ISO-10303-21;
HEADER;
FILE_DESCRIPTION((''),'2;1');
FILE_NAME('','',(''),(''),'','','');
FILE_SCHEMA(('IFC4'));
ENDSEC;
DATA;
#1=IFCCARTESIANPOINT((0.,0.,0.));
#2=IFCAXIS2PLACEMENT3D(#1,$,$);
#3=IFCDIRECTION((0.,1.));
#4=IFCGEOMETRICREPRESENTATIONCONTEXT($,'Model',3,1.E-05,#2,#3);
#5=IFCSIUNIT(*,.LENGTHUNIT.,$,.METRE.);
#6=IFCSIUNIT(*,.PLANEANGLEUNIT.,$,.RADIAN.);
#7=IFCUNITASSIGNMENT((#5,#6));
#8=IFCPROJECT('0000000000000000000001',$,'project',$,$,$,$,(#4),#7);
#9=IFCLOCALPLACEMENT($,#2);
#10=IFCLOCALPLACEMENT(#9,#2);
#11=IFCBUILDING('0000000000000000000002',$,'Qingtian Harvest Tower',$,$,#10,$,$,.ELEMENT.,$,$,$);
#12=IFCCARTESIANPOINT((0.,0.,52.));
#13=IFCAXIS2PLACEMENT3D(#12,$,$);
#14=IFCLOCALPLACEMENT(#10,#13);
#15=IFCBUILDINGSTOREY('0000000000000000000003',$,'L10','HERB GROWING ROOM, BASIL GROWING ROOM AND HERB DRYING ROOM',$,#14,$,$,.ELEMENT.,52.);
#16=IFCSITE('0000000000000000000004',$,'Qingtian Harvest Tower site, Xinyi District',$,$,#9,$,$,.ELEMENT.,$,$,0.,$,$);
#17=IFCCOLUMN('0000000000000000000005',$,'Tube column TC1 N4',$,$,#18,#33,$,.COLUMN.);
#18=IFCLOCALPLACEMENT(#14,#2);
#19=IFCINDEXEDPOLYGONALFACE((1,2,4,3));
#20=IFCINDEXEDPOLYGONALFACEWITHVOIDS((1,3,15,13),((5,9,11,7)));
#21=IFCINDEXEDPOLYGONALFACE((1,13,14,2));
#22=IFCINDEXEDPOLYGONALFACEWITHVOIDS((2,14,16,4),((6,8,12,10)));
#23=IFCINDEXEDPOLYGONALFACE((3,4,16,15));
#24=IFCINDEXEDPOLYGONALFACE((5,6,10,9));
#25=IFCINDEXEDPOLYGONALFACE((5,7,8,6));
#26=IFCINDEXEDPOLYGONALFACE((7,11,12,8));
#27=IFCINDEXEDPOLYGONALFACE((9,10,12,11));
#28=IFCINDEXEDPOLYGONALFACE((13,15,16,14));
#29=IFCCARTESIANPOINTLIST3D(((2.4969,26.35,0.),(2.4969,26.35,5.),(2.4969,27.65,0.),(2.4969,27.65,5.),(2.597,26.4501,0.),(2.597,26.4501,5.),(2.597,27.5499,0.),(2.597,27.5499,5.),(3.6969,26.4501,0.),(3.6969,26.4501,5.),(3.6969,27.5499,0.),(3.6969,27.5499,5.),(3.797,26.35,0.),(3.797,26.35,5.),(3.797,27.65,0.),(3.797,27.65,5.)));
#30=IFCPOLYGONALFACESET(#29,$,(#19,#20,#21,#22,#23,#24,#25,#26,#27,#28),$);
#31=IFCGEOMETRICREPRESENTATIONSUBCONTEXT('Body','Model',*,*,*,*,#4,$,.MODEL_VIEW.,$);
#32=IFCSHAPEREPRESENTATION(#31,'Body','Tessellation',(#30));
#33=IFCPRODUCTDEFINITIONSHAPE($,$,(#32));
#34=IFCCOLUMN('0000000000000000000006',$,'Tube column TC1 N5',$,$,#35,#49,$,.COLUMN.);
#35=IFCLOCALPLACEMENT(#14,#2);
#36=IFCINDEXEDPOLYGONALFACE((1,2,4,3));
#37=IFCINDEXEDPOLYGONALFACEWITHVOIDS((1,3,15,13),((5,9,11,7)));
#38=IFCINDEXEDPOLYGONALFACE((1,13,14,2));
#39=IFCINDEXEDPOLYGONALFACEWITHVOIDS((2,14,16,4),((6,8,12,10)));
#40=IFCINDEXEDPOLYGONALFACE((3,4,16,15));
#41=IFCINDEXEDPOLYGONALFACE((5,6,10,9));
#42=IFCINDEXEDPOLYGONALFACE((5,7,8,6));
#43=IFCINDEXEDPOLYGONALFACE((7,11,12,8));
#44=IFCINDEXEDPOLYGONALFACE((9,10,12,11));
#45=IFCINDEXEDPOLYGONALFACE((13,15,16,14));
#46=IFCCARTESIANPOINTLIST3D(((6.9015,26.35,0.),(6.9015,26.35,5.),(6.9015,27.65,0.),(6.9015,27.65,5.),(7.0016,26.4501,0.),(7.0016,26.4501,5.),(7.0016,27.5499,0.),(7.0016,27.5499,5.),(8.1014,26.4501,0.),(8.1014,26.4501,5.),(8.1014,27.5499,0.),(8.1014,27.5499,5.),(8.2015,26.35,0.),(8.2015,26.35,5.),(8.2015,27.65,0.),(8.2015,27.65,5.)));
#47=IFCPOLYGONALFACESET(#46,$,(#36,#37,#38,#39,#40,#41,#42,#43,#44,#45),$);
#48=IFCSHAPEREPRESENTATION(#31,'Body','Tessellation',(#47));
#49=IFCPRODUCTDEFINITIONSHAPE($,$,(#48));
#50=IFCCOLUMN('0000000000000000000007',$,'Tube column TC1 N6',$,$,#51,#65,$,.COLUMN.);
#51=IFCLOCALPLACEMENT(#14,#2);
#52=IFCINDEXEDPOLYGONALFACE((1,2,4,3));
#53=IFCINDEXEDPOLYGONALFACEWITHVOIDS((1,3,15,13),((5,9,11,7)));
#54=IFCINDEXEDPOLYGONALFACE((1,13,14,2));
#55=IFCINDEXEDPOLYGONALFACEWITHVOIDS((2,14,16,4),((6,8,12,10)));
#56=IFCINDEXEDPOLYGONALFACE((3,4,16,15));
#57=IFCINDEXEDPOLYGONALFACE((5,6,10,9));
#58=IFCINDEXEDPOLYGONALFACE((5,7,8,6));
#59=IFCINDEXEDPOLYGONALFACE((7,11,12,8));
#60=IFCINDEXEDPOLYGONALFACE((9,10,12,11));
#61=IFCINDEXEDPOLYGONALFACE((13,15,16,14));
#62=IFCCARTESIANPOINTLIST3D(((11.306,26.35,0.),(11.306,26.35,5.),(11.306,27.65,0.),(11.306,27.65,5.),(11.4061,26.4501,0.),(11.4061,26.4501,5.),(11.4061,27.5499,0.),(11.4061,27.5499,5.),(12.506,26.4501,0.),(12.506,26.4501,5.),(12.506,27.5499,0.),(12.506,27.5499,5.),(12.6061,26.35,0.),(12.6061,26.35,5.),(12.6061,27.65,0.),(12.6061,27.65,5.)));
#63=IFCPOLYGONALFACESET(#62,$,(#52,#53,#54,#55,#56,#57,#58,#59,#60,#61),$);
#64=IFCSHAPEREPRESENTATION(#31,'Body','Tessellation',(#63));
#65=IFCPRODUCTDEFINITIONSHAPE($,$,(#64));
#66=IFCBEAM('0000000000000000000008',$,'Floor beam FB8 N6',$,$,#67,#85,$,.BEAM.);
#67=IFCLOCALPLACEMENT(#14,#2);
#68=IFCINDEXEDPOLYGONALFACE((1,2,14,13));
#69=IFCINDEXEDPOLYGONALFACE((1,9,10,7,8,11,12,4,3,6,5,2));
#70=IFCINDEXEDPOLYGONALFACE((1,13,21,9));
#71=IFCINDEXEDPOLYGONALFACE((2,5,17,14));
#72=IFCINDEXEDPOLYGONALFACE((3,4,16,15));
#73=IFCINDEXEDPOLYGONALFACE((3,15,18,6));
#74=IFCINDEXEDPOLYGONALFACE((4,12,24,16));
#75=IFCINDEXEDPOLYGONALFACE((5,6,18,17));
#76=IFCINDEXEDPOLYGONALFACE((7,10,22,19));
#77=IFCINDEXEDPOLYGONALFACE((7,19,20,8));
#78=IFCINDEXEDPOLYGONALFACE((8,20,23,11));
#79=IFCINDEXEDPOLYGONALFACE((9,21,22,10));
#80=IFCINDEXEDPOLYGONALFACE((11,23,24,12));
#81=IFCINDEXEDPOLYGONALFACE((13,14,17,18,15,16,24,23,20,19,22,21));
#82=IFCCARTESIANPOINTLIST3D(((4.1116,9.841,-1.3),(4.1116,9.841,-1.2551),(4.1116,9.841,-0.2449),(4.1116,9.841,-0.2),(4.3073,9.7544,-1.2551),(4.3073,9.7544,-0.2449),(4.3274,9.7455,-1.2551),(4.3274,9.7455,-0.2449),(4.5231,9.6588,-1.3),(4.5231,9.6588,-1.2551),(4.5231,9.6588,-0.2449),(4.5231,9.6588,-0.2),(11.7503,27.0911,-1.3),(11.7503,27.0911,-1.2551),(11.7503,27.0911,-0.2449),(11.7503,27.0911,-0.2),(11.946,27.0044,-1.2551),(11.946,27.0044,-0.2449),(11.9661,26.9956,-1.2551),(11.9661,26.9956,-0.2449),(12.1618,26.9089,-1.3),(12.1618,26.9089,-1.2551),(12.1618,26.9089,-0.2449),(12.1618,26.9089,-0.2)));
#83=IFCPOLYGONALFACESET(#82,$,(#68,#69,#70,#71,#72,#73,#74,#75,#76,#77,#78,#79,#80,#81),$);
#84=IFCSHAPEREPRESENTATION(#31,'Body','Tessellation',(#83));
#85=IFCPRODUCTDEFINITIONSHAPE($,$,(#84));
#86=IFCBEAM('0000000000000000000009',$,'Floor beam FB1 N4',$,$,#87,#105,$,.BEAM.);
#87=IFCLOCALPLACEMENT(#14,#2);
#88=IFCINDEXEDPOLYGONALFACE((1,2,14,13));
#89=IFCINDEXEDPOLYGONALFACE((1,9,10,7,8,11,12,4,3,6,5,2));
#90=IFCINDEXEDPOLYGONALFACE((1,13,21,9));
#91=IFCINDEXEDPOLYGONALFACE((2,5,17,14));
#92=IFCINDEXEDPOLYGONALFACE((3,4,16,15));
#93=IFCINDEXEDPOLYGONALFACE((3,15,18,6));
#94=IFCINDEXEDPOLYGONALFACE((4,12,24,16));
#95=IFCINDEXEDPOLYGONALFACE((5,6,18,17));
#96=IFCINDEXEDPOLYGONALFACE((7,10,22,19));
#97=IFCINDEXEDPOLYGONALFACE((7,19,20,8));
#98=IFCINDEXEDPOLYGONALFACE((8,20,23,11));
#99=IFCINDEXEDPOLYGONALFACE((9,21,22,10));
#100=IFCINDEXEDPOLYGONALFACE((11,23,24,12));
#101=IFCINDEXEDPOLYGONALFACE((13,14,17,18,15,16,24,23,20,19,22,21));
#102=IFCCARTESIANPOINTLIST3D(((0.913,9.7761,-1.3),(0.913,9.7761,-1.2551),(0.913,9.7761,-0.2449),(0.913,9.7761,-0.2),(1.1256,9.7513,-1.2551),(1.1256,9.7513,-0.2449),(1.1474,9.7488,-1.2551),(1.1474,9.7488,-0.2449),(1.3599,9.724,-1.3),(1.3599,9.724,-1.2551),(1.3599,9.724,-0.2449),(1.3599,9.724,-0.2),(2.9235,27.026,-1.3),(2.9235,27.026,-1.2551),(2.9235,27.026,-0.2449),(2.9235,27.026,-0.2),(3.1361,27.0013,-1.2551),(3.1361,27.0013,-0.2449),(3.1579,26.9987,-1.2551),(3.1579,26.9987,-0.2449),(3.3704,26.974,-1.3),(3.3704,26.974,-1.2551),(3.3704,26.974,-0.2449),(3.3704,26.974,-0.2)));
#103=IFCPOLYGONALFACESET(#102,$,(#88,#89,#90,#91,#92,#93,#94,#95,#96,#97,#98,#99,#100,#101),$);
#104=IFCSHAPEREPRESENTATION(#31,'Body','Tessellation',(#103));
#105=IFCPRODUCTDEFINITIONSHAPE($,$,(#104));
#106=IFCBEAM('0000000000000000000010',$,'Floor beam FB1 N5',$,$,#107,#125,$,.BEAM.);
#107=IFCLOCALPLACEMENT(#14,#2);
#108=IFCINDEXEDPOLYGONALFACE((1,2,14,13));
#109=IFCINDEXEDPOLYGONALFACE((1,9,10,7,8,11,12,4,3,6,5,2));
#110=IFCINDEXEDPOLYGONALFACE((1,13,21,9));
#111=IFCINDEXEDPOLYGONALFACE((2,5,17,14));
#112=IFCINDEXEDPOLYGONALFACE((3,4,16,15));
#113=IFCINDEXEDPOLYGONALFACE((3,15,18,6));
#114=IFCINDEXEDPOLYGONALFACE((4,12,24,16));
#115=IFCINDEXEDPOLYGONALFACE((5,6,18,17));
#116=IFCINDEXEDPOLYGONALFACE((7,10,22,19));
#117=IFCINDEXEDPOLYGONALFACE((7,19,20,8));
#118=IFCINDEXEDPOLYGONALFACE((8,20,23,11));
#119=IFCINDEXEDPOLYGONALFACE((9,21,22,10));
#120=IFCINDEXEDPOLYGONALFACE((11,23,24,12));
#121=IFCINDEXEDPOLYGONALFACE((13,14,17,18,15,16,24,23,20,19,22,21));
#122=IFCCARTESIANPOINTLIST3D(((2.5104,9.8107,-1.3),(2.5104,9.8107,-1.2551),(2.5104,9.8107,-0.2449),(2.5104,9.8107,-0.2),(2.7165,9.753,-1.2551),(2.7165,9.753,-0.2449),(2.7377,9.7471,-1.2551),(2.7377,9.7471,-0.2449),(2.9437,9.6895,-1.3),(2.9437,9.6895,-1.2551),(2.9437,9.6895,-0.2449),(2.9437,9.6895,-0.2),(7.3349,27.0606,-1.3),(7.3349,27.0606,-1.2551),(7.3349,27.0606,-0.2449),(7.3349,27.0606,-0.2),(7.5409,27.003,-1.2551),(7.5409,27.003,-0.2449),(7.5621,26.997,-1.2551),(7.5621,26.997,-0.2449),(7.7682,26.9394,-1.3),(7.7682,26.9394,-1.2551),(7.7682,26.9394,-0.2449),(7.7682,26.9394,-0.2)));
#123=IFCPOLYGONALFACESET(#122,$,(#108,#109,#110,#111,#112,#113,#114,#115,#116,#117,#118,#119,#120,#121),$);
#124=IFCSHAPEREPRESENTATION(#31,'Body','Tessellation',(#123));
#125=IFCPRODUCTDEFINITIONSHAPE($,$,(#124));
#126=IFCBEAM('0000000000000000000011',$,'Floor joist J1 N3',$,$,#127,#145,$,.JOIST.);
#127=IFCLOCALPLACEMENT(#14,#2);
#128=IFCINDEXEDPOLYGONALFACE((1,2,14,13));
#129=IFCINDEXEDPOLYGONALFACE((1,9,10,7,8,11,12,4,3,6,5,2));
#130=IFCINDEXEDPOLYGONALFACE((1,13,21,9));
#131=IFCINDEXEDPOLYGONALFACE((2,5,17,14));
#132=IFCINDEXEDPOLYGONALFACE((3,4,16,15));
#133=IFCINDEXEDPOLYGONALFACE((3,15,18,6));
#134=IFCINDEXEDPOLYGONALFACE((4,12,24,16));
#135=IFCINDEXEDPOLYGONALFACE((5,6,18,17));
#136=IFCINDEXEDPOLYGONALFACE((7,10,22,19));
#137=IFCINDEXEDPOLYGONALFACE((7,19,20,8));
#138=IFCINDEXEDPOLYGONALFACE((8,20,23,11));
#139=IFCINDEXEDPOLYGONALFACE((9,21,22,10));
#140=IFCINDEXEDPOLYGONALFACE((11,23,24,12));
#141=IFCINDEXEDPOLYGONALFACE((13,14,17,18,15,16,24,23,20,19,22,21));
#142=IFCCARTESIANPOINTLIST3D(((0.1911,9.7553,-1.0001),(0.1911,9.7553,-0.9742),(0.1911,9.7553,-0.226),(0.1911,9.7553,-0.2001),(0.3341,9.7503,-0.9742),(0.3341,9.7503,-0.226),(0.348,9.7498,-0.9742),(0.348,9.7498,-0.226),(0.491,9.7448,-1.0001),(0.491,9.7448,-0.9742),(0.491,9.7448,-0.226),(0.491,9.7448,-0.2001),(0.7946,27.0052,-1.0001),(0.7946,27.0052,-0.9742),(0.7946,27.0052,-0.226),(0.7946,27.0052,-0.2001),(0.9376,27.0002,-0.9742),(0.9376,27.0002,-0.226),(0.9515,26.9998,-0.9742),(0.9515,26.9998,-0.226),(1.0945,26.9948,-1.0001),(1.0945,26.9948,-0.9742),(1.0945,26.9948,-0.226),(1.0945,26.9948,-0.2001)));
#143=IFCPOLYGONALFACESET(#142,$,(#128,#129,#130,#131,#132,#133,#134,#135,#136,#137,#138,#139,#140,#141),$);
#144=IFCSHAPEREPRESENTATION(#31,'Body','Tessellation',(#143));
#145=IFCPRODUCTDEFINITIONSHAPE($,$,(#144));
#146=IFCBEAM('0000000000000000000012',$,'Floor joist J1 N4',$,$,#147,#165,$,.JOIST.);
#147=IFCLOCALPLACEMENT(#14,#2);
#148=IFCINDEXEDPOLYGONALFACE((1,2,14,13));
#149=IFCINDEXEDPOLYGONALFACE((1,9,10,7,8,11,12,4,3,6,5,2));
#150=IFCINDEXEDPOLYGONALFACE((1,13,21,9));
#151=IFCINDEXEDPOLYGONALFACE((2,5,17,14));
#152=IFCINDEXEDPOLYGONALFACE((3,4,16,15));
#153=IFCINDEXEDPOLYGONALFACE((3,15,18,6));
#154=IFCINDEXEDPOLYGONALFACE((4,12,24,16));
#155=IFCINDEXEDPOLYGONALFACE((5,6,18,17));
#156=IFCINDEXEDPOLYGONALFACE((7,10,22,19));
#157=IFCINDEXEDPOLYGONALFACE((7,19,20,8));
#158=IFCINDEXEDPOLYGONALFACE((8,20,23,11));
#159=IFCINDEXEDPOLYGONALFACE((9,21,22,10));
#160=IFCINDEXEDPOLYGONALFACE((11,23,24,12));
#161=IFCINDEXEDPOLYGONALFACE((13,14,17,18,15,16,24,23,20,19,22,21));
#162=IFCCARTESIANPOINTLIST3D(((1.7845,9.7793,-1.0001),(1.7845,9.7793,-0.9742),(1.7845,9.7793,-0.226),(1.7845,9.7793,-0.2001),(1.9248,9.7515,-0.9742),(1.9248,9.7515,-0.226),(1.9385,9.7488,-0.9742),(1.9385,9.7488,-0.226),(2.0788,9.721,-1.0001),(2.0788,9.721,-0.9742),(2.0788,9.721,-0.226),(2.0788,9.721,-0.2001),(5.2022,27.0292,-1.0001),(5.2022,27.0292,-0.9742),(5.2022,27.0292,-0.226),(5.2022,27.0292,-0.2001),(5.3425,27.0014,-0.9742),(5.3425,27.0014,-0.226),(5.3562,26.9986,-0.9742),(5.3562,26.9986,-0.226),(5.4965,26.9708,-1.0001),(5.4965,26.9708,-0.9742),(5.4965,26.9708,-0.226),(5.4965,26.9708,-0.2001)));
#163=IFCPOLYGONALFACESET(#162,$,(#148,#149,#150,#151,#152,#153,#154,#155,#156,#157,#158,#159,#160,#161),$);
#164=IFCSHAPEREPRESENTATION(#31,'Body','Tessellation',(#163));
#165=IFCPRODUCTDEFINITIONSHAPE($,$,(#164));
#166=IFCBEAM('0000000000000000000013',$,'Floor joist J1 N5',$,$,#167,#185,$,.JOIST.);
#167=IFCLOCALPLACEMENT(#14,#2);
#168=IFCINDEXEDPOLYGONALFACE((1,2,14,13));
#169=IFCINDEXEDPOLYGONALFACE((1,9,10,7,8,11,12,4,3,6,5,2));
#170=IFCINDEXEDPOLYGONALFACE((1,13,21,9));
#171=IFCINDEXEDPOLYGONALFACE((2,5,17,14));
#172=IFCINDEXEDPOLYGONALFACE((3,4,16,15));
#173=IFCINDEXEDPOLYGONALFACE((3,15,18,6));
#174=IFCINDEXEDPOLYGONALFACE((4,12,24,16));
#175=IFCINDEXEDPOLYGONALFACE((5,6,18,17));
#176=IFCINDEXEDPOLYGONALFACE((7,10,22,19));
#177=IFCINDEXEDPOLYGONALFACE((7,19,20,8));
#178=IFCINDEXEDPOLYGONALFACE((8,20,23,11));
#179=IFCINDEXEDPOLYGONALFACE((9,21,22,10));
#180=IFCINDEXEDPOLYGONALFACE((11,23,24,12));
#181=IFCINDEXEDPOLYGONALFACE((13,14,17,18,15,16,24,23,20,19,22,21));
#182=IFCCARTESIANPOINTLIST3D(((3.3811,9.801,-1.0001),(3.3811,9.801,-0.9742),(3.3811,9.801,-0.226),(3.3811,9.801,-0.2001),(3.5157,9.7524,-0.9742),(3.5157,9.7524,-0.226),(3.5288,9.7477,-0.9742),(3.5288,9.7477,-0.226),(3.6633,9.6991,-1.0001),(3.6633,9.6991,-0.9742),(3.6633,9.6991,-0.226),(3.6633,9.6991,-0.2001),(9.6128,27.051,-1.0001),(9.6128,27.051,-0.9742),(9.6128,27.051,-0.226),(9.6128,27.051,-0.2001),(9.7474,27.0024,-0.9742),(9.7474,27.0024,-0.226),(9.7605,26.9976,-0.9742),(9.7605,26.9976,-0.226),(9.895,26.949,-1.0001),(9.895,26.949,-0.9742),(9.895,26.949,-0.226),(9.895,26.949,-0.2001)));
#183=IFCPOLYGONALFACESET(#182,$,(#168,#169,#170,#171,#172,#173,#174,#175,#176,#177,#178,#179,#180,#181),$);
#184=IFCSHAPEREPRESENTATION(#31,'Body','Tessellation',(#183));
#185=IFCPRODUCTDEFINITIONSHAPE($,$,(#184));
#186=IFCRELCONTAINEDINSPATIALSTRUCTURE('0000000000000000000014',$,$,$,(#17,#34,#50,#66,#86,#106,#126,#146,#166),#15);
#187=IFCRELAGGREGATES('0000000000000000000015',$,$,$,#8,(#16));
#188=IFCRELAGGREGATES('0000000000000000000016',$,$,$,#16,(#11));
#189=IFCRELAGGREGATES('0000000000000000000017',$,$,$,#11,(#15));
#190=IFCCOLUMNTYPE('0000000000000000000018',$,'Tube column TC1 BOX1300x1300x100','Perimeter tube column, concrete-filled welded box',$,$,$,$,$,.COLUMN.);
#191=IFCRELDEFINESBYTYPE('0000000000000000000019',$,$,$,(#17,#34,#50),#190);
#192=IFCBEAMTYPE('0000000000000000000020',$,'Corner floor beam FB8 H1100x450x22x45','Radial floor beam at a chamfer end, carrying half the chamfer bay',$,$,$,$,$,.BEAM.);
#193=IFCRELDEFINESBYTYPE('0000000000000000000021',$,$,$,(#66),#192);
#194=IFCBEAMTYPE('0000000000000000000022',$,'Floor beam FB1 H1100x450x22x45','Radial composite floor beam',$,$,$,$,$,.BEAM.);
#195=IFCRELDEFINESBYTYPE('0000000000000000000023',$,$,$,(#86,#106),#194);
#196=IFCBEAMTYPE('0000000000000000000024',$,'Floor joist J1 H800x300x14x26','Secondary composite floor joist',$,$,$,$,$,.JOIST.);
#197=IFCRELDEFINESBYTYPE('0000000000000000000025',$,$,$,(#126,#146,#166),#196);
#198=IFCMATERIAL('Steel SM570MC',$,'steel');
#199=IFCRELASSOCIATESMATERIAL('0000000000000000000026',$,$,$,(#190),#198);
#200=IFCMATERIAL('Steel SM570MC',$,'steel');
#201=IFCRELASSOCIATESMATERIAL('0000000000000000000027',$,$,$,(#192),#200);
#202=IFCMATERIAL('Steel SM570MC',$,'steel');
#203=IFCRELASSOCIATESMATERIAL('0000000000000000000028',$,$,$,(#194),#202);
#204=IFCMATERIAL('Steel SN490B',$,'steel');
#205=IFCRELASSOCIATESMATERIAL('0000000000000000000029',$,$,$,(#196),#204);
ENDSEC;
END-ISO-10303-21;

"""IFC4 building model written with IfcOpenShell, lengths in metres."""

from ifc_helpers import new_model, si_unit, direction, frame, origin, origin_2d, place, context, subcontext, project, spatial, hollow_rectangle, i_section, extrude, material, material_profile, profile_set, type_object, element, save


model = new_model("IFC4")

# Units and contexts
model_context = context("Model", 3, precision=1e-05, world=origin(), true_north=direction((0.0, 1.0)))
body_context = subcontext(model_context, "Body", "Model", "MODEL_VIEW")
ifc_project = project(units=[si_unit("LENGTHUNIT", "METRE"), si_unit("PLANEANGLEUNIT", "RADIAN")], contexts=[model_context])

# Site, building, storey
site_placement = place(None, origin())
site = spatial("IfcSite", under=ifc_project, at=site_placement, Name="Qingtian Harvest Tower site, Xinyi District", CompositionType="ELEMENT", RefElevation=0.0)
building_placement = place(site_placement, origin())
building = spatial("IfcBuilding", under=site, at=building_placement, Name="Qingtian Harvest Tower", CompositionType="ELEMENT")
storey_placement = place(building_placement, frame((0.0, 0.0, 52.0)))
storey = spatial("IfcBuildingStorey", under=building, at=storey_placement, Name="L10", Description="HERB GROWING ROOM, BASIL GROWING ROOM AND HERB DRYING ROOM", CompositionType="ELEMENT", Elevation=52.0)

# Columns
ifc_material_1 = material(Name="Steel SM570MC", Category="steel")
ifc_material_profile_1 = material_profile(ifc_material_1, hollow_rectangle(XDim=1.3, YDim=1.3, WallThickness=0.1001, at=origin_2d()), Name="BOX1300x1300x100")
ifc_profile_set_1 = profile_set([ifc_material_profile_1], Name="Steel SM570MC")
column_type = type_object("IfcColumnType", Name="Tube column TC1 BOX1300x1300x100", Description="Perimeter tube column, concrete-filled welded box", PredefinedType="COLUMN", material=ifc_profile_set_1)
for number, where, z_axis, x_axis, name in (
    (1, (3.147, 27.0, 0.0), (0.0, 0.0, 1.0), (-1.0, 0.0, 0.0), "Tube column TC1 N4"),
    (2, (7.5515, 27.0, 0.0), (0.0, 0.0, 1.0), (-1.0, 0.0, 0.0), "Tube column TC1 N5"),
    (3, (11.9561, 27.0, 0.0), (0.0, 0.0, 1.0), (-1.0, 0.0, 0.0), "Tube column TC1 N6"),
):
    element("IfcColumn", number, at=place(storey_placement, frame(where, z_axis=z_axis, x_axis=x_axis)), inside=storey, type_object=column_type, Name=name, PredefinedType="COLUMN", context=body_context, shape_type="SweptSolid", body=[
        extrude(hollow_rectangle(XDim=1.3, YDim=1.3, WallThickness=0.1001, at=origin_2d()), origin(), (0.0, 0.0, 1.0), 5.0),
    ])

# Beams
ifc_material_2 = material(Name="Steel SM570MC", Category="steel")
ifc_material_profile_2 = material_profile(ifc_material_2, i_section(OverallWidth=0.45, OverallDepth=1.1001, WebThickness=0.022, FlangeThickness=0.0449, at=origin_2d()), Name="H1100x450x22x45")
ifc_profile_set_2 = profile_set([ifc_material_profile_2], Name="Steel SM570MC")
beam_type_1 = type_object("IfcBeamType", Name="Corner floor beam FB8 H1100x450x22x45", Description="Radial floor beam at a chamfer end, carrying half the chamfer bay", PredefinedType="BEAM", material=ifc_profile_set_2)
beam_1_placement = place(storey_placement, frame((11.9561, 27.0, -0.75), z_axis=(-0.404899, -0.914361, 0.0), x_axis=(0.914361, -0.404899, 0.0)))
element("IfcBeam", 4, at=beam_1_placement, inside=storey, type_object=beam_type_1, Name="Floor beam FB8 N6", PredefinedType="BEAM", context=body_context, shape_type="SweptSolid", body=[
    extrude(i_section(OverallWidth=0.45, OverallDepth=1.1001, WebThickness=0.022, FlangeThickness=0.0449, at=origin_2d()), origin(), (0.0, 0.0, 1.0), 18.8657),
])
ifc_material_3 = material(Name="Steel SM570MC", Category="steel")
ifc_material_profile_3 = material_profile(ifc_material_3, i_section(OverallWidth=0.45, OverallDepth=1.1001, WebThickness=0.022, FlangeThickness=0.0449, at=origin_2d()), Name="H1100x450x22x45")
ifc_profile_set_3 = profile_set([ifc_material_profile_3], Name="Steel SM570MC")
beam_type_2 = type_object("IfcBeamType", Name="Floor beam FB1 H1100x450x22x45", Description="Radial composite floor beam", PredefinedType="BEAM", material=ifc_profile_set_3)
beam_2_placement = place(storey_placement, frame((3.147, 27.0, -0.75), z_axis=(-0.115767, -0.993276, 0.0), x_axis=(0.993276, -0.115767, 0.0)))
element("IfcBeam", 5, at=beam_2_placement, inside=storey, type_object=beam_type_2, Name="Floor beam FB1 N4", PredefinedType="BEAM", context=body_context, shape_type="SweptSolid", body=[
    extrude(i_section(OverallWidth=0.45, OverallDepth=1.1001, WebThickness=0.022, FlangeThickness=0.0449, at=origin_2d()), origin(), (0.0, 0.0, 1.0), 17.3667),
])
beam_3_placement = place(storey_placement, frame((7.5515, 27.0, -0.75), z_axis=(-0.269343, -0.963044, 0.0), x_axis=(0.963044, -0.269343, 0.0)))
element("IfcBeam", 6, at=beam_3_placement, inside=storey, type_object=beam_type_2, Name="Floor beam FB1 N5", PredefinedType="BEAM", context=body_context, shape_type="SweptSolid", body=[
    extrude(i_section(OverallWidth=0.45, OverallDepth=1.1001, WebThickness=0.022, FlangeThickness=0.0449, at=origin_2d()), origin(), (0.0, 0.0, 1.0), 17.9119),
])
ifc_material_4 = material(Name="Steel SN490B", Category="steel")
ifc_material_profile_4 = material_profile(ifc_material_4, i_section(OverallWidth=0.3, OverallDepth=0.8, WebThickness=0.0139, FlangeThickness=0.0259, at=origin_2d()), Name="H800x300x14x26")
ifc_profile_set_4 = profile_set([ifc_material_profile_4], Name="Steel SN490B")
beam_type_3 = type_object("IfcBeamType", Name="Floor joist J1 H800x300x14x26", Description="Secondary composite floor joist", PredefinedType="JOIST", material=ifc_profile_set_4)
beam_4_placement = place(storey_placement, frame((0.9446, 27.0, -0.6001), z_axis=(-0.034965, -0.999389, 0.0), x_axis=(0.999389, -0.034965, 0.0)))
element("IfcBeam", 7, at=beam_4_placement, inside=storey, type_object=beam_type_3, Name="Floor joist J1 N3", PredefinedType="JOIST", context=body_context, shape_type="SweptSolid", body=[
    extrude(i_section(OverallWidth=0.3, OverallDepth=0.8, WebThickness=0.0139, FlangeThickness=0.0259, at=origin_2d()), origin(), (0.0, 0.0, 1.0), 17.2605),
])
beam_5_placement = place(storey_placement, frame((5.3494, 27.0, -0.6001), z_axis=(-0.194351, -0.980932, 0.0), x_axis=(0.980932, -0.194351, 0.0)))
element("IfcBeam", 8, at=beam_5_placement, inside=storey, type_object=beam_type_3, Name="Floor joist J1 N4", PredefinedType="JOIST", context=body_context, shape_type="SweptSolid", body=[
    extrude(i_section(OverallWidth=0.3, OverallDepth=0.8, WebThickness=0.0139, FlangeThickness=0.0259, at=origin_2d()), origin(), (0.0, 0.0, 1.0), 17.5852),
])
beam_6_placement = place(storey_placement, frame((9.7539, 27.0, -0.6001), z_axis=(-0.339766, -0.94051, 0.0), x_axis=(0.94051, -0.339766, 0.0)))
element("IfcBeam", 9, at=beam_6_placement, inside=storey, type_object=beam_type_3, Name="Floor joist J1 N5", PredefinedType="JOIST", context=body_context, shape_type="SweptSolid", body=[
    extrude(i_section(OverallWidth=0.3, OverallDepth=0.8, WebThickness=0.0139, FlangeThickness=0.0259, at=origin_2d()), origin(), (0.0, 0.0, 1.0), 18.3411),
])

save(model, "model.ifc")
